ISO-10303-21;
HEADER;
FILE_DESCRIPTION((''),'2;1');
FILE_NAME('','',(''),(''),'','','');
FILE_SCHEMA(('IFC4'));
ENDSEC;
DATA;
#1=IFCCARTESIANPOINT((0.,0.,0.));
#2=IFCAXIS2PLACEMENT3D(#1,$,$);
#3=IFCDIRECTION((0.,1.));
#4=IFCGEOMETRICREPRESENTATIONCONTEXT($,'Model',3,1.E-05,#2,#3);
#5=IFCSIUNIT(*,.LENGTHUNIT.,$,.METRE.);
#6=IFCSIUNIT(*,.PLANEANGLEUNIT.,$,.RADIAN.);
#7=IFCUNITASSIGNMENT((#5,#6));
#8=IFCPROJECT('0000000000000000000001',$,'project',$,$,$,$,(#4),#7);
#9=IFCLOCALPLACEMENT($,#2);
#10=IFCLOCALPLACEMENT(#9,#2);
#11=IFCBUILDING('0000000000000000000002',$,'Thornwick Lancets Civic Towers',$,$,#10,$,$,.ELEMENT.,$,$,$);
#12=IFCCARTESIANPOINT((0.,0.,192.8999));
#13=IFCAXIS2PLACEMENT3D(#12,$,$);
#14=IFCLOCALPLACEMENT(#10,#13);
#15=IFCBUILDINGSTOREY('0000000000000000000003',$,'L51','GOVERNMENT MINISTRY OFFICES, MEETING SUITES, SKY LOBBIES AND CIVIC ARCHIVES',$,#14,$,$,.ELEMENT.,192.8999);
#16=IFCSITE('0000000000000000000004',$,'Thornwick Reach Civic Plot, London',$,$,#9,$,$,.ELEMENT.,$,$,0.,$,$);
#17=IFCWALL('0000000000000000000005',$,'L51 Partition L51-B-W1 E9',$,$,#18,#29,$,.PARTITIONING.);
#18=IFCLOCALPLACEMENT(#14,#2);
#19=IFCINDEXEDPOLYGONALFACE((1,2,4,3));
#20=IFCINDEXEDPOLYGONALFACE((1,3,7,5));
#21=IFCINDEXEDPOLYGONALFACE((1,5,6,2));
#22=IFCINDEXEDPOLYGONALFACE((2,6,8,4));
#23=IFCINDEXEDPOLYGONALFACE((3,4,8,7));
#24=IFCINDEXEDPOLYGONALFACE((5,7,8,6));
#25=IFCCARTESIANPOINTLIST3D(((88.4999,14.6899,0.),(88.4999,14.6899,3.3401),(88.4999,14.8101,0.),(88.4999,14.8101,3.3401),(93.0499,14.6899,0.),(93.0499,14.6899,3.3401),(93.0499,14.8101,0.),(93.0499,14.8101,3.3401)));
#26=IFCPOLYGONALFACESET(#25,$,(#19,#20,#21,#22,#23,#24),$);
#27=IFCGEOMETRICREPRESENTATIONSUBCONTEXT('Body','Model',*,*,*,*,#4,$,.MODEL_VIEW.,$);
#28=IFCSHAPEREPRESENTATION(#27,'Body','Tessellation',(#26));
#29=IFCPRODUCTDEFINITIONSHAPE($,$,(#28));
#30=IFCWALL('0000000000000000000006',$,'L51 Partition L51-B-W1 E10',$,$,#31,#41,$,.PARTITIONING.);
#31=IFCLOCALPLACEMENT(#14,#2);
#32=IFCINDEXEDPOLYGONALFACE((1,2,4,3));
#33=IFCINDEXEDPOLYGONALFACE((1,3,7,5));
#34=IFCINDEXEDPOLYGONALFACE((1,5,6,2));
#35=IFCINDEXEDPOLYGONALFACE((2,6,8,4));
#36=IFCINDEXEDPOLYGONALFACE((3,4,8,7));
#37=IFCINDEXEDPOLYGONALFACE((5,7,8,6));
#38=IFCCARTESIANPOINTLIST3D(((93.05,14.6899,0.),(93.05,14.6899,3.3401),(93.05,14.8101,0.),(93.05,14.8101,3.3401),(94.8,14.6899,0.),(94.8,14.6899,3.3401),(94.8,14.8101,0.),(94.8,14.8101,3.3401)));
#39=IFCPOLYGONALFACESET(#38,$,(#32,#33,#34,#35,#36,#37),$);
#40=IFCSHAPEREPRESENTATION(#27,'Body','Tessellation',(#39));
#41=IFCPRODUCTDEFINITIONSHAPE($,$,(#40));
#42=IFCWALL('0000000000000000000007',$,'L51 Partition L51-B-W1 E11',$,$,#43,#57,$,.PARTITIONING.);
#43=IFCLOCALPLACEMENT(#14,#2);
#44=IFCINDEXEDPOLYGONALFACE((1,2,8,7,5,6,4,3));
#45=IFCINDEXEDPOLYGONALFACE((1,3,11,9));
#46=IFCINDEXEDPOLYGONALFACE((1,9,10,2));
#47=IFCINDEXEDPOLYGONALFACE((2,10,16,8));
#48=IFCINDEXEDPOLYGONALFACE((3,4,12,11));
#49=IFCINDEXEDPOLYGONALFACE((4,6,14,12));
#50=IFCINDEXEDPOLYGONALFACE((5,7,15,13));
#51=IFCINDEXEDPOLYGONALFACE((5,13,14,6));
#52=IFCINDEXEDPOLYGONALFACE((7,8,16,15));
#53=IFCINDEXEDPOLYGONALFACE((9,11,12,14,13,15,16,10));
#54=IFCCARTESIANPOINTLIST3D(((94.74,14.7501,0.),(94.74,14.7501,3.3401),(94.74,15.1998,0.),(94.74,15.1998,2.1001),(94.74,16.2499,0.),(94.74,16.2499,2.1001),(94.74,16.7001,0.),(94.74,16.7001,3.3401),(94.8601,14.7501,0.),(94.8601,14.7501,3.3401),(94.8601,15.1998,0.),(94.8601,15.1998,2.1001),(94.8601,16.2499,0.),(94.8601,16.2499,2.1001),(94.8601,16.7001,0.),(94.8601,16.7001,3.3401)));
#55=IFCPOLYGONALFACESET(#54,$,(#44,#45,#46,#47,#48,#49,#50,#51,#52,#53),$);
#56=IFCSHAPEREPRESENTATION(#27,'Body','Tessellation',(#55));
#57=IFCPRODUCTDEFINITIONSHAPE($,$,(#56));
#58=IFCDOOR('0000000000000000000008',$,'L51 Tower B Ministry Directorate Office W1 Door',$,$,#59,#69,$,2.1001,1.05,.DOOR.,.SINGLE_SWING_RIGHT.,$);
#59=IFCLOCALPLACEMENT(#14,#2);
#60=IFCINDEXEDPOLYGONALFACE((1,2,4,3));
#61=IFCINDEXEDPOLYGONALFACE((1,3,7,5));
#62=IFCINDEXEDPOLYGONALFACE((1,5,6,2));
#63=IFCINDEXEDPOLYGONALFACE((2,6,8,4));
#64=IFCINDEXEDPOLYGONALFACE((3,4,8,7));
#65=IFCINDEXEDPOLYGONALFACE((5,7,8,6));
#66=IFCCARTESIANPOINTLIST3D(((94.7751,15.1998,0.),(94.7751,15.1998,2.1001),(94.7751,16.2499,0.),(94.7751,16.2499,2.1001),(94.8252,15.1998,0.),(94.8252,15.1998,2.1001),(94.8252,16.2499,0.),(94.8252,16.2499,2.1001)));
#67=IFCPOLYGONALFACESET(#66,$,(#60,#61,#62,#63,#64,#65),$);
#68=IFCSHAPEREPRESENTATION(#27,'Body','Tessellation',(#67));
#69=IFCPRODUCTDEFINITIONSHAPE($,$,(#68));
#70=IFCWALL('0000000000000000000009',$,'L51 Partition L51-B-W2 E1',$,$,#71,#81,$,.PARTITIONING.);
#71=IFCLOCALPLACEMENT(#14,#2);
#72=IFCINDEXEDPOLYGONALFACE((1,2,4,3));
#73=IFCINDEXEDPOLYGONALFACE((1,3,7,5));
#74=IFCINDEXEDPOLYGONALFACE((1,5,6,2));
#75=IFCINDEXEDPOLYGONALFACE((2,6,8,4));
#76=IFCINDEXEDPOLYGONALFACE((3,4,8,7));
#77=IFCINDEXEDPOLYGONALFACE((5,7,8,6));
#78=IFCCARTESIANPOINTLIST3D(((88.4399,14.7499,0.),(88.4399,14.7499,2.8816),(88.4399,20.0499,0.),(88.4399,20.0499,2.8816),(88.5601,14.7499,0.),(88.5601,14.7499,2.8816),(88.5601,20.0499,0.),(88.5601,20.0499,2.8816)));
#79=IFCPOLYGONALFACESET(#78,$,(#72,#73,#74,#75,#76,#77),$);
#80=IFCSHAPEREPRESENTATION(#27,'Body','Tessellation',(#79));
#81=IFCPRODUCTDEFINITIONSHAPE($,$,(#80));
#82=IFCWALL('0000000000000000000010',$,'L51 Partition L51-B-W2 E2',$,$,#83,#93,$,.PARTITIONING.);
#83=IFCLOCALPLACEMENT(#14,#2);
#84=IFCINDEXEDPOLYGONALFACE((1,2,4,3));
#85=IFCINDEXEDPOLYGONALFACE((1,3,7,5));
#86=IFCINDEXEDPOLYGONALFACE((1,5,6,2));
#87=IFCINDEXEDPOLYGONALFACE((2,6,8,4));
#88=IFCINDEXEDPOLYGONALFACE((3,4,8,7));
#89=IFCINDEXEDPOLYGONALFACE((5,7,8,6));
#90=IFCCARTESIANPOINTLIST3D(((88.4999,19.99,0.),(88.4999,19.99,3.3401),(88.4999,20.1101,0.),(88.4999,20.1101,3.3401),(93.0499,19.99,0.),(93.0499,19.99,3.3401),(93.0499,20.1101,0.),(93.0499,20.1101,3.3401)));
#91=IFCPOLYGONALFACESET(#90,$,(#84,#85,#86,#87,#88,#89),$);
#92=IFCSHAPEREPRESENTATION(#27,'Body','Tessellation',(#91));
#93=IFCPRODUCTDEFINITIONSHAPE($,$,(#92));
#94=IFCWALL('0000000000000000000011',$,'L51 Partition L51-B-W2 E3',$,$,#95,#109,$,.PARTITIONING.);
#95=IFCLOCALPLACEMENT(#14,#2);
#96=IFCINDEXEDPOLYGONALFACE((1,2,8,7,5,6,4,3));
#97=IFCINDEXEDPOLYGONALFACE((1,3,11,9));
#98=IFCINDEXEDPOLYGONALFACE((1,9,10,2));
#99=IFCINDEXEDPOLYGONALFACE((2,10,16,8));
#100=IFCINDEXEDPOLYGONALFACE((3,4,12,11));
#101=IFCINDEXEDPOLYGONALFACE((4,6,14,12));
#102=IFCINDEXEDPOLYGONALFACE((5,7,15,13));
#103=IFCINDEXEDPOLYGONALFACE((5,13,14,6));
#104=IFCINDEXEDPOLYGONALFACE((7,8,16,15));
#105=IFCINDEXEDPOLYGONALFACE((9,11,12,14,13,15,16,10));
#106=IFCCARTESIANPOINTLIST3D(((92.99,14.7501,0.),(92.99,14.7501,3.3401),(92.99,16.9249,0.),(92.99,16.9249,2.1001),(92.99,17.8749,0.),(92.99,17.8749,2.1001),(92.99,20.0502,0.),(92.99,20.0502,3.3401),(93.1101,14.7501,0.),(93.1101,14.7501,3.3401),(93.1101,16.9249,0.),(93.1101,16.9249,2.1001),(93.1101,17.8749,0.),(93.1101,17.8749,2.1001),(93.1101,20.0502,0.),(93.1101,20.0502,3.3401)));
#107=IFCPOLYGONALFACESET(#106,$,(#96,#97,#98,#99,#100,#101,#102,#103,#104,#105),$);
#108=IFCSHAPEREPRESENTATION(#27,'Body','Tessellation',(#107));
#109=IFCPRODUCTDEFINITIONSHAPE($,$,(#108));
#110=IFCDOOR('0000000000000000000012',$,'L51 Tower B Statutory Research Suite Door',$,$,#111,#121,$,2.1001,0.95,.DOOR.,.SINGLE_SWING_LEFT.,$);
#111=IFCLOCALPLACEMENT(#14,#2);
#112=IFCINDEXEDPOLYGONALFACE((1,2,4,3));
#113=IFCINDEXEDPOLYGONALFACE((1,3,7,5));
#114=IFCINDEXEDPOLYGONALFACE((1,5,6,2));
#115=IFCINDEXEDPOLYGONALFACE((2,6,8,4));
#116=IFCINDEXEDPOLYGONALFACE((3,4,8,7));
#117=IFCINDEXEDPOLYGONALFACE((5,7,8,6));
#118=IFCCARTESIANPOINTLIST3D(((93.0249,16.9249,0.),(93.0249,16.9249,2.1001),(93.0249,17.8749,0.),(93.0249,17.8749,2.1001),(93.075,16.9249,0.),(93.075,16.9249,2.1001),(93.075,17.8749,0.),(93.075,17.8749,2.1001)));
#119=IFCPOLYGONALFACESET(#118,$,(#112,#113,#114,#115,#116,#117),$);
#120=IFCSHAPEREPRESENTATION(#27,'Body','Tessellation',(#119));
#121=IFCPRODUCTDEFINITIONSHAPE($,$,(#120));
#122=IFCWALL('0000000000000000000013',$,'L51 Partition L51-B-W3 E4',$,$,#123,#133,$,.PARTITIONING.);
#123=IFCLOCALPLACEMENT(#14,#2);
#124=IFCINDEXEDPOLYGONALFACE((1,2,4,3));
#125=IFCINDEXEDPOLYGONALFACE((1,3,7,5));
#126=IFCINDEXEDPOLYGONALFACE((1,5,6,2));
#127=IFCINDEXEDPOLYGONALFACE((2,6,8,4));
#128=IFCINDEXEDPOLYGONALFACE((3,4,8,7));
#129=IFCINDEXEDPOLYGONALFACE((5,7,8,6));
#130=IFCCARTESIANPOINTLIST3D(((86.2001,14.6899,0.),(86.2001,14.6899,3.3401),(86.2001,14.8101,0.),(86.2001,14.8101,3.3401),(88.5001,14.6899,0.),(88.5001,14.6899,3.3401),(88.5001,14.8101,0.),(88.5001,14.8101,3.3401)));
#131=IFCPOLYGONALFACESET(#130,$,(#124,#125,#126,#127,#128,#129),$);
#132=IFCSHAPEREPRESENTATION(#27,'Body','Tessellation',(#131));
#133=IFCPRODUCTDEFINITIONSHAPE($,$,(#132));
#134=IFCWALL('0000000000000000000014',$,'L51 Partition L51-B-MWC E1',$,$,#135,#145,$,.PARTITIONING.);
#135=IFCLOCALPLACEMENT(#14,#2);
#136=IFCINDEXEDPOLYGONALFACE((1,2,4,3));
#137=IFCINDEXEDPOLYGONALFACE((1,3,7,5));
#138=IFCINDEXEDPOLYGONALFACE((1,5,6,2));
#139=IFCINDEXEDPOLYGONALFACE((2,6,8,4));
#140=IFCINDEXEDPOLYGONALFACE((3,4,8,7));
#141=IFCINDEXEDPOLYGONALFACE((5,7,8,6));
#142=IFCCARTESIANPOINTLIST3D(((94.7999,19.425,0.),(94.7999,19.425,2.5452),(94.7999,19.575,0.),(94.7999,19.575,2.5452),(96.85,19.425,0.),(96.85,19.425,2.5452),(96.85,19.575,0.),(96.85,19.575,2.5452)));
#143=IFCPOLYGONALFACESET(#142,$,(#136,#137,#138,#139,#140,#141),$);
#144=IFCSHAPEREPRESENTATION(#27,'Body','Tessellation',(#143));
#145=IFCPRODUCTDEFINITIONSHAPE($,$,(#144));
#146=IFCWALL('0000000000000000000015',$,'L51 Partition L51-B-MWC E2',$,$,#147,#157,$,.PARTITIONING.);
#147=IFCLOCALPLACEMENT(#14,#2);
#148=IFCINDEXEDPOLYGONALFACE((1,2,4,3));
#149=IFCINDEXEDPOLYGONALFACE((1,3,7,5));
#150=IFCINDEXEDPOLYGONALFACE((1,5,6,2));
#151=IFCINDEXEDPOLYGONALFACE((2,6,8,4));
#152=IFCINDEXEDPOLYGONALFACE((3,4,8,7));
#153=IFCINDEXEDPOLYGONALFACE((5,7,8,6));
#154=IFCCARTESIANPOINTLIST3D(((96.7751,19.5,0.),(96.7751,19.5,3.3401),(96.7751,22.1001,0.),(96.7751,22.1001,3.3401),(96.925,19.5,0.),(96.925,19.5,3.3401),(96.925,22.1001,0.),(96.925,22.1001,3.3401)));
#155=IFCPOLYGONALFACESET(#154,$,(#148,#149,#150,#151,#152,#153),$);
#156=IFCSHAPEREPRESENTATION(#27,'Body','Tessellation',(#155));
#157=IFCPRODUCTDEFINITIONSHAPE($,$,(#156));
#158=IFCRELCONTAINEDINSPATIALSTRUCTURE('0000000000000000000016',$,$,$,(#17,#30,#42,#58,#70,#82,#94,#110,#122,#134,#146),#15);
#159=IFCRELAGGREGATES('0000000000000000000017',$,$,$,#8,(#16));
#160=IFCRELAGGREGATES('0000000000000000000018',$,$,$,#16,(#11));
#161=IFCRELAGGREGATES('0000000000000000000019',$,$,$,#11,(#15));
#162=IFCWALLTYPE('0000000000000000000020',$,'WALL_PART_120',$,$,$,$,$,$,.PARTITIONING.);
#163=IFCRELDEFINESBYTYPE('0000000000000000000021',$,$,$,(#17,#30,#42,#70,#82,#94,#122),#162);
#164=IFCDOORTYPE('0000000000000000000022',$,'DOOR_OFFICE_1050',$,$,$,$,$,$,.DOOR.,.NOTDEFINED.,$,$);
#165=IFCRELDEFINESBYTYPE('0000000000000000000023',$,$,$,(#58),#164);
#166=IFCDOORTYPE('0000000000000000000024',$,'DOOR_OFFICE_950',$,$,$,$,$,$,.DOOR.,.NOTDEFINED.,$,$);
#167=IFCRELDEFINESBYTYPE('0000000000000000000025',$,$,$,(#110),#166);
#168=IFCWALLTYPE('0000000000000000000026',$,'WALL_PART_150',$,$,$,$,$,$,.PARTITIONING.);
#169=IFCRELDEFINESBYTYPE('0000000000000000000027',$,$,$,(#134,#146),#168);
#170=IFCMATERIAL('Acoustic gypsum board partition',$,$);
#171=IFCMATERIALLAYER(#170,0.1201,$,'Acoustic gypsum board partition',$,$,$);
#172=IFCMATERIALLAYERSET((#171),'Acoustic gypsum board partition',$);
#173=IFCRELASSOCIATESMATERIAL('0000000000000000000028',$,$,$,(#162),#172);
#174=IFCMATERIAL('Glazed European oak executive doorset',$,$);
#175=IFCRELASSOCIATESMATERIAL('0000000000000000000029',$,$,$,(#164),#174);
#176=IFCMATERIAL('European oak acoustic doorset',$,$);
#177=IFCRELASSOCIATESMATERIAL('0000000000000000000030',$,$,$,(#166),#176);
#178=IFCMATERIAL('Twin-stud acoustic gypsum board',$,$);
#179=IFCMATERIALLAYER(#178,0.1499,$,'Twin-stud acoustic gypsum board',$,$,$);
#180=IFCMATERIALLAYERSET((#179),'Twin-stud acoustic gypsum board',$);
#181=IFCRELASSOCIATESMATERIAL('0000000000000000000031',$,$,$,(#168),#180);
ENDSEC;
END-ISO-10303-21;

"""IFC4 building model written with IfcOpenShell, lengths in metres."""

from ifc_helpers import new_model, si_unit, direction, frame, frame_2d, origin, place, context, subcontext, project, spatial, rectangle, extrude, material, layer, layer_set, type_object, element, fill, save


model = new_model("IFC4")

# Units and contexts
model_context = context("Model", 3, precision=1e-05, world=origin(), true_north=direction((0.0, 1.0)))
body_context = subcontext(model_context, "Body", "Model", "MODEL_VIEW")
ifc_project = project(units=[si_unit("LENGTHUNIT", "METRE"), si_unit("PLANEANGLEUNIT", "RADIAN")], contexts=[model_context])

# Site, building, storey
site_placement = place(None, origin())
site = spatial("IfcSite", under=ifc_project, at=site_placement, Name="Thornwick Reach Civic Plot, London", CompositionType="ELEMENT", RefElevation=0.0)
building_placement = place(site_placement, origin())
building = spatial("IfcBuilding", under=site, at=building_placement, Name="Thornwick Lancets Civic Towers", CompositionType="ELEMENT")
storey_placement = place(building_placement, frame((0.0, 0.0, 192.8999)))
storey = spatial("IfcBuildingStorey", under=building, at=storey_placement, Name="L51", Description="GOVERNMENT MINISTRY OFFICES, MEETING SUITES, SKY LOBBIES AND CIVIC ARCHIVES", CompositionType="ELEMENT", Elevation=192.8999)

# Walls
ifc_material_1 = material(Name="Acoustic gypsum board partition")
ifc_layer_1 = layer(ifc_material_1, 0.1201, Name="Acoustic gypsum board partition")
ifc_layer_set_1 = layer_set([ifc_layer_1], Name="Acoustic gypsum board partition")
wall_type_1 = type_object("IfcWallType", Name="WALL_PART_120", PredefinedType="PARTITIONING", material=ifc_layer_set_1)
wall_1_placement = place(storey_placement, frame((88.5, 14.75, 0.0), z_axis=(0.0, 0.0, 1.0), x_axis=(1.0, 0.0, 0.0)))
element("IfcWall", 1, at=wall_1_placement, inside=storey, type_object=wall_type_1, Name="L51 Partition L51-B-W1 E9", PredefinedType="PARTITIONING", context=body_context, shape_type="SweptSolid", body=[
    extrude(rectangle(XDim=4.55, YDim=0.1201, at=frame_2d((2.2749, 0.0))), origin(), (0.0, 0.0, 1.0), 3.3401),
])
wall_2_placement = place(storey_placement, frame((93.05, 14.75, 0.0), z_axis=(0.0, 0.0, 1.0), x_axis=(1.0, 0.0, 0.0)))
element("IfcWall", 2, at=wall_2_placement, inside=storey, type_object=wall_type_1, Name="L51 Partition L51-B-W1 E10", PredefinedType="PARTITIONING", context=body_context, shape_type="SweptSolid", body=[
    extrude(rectangle(XDim=1.75, YDim=0.1201, at=frame_2d((0.875, 0.0))), origin(), (0.0, 0.0, 1.0), 3.3401),
])

# Wall, opening, door
wall_3_placement = place(storey_placement, frame((94.8, 14.75, 0.0), z_axis=(0.0, 0.0, 1.0), x_axis=(0.0, 1.0, 0.0)))
wall_3 = element("IfcWall", 3, at=wall_3_placement, inside=storey, type_object=wall_type_1, Name="L51 Partition L51-B-W1 E11", PredefinedType="PARTITIONING", context=body_context, shape_type="SweptSolid", body=[
    extrude(rectangle(XDim=1.95, YDim=0.1201, at=frame_2d((0.9751, 0.0))), origin(), (0.0, 0.0, 1.0), 3.3401),
])
opening_1_placement = place(wall_3_placement, frame((0.45, 0.0, 0.0)))
opening_1 = element("IfcOpeningElement", 4, at=opening_1_placement, cuts=wall_3, PredefinedType="OPENING", context=body_context, shape_type="SweptSolid", body=[
    extrude(rectangle(XDim=1.05, YDim=2.1001, at=frame_2d((0.5249, 1.05))), frame((0.0, 0.0701, 0.0), z_axis=(0.0, -1.0, 0.0), x_axis=(1.0, 0.0, 0.0)), (0.0, 0.0, 1.0), 0.1401),
])
ifc_material_2 = material(Name="Glazed European oak executive doorset")
door_type_1 = type_object("IfcDoorType", Name="DOOR_OFFICE_1050", OperationType="NOTDEFINED", PredefinedType="DOOR", material=ifc_material_2)
door_1_placement = place(opening_1_placement, origin())
door_1 = element("IfcDoor", 5, at=door_1_placement, inside=storey, type_object=door_type_1, Name="L51 Tower B Ministry Directorate Office W1 Door", OperationType="SINGLE_SWING_RIGHT", OverallHeight=2.1001, OverallWidth=1.05, PredefinedType="DOOR", context=body_context, shape_type="SweptSolid", body=[
    extrude(rectangle(XDim=1.05, YDim=2.1001, at=frame_2d((0.5249, 1.05))), frame((0.0, 0.0249, 0.0), z_axis=(0.0, -1.0, 0.0), x_axis=(1.0, 0.0, 0.0)), (0.0, 0.0, 1.0), 0.05),
])
fill(opening_1, door_1)

# Walls
wall_4_placement = place(storey_placement, frame((88.5, 14.75, 0.0), z_axis=(0.0, 0.0, 1.0), x_axis=(0.0, 1.0, 0.0)))
element("IfcWall", 6, at=wall_4_placement, inside=storey, type_object=wall_type_1, Name="L51 Partition L51-B-W2 E1", PredefinedType="PARTITIONING", context=body_context, shape_type="SweptSolid", body=[
    extrude(rectangle(XDim=5.3, YDim=0.1201, at=frame_2d((2.6499, 0.0))), origin(), (0.0, 0.0, 1.0), 2.8816),
])
wall_5_placement = place(storey_placement, frame((88.5, 20.05, 0.0), z_axis=(0.0, 0.0, 1.0), x_axis=(1.0, 0.0, 0.0)))
element("IfcWall", 7, at=wall_5_placement, inside=storey, type_object=wall_type_1, Name="L51 Partition L51-B-W2 E2", PredefinedType="PARTITIONING", context=body_context, shape_type="SweptSolid", body=[
    extrude(rectangle(XDim=4.55, YDim=0.1201, at=frame_2d((2.2749, 0.0))), origin(), (0.0, 0.0, 1.0), 3.3401),
])

# Wall, opening, door
wall_6_placement = place(storey_placement, frame((93.05, 20.05, 0.0), z_axis=(0.0, 0.0, 1.0), x_axis=(0.0, -1.0, 0.0)))
wall_6 = element("IfcWall", 8, at=wall_6_placement, inside=storey, type_object=wall_type_1, Name="L51 Partition L51-B-W2 E3", PredefinedType="PARTITIONING", context=body_context, shape_type="SweptSolid", body=[
    extrude(rectangle(XDim=5.3, YDim=0.1201, at=frame_2d((2.6499, 0.0))), origin(), (0.0, 0.0, 1.0), 3.3401),
])
opening_2_placement = place(wall_6_placement, frame((2.175, 0.0, 0.0)))
opening_2 = element("IfcOpeningElement", 9, at=opening_2_placement, cuts=wall_6, PredefinedType="OPENING", context=body_context, shape_type="SweptSolid", body=[
    extrude(rectangle(XDim=0.95, YDim=2.1001, at=frame_2d((0.4751, 1.05))), frame((0.0, 0.0701, 0.0), z_axis=(0.0, -1.0, 0.0), x_axis=(1.0, 0.0, 0.0)), (0.0, 0.0, 1.0), 0.1401),
])
ifc_material_3 = material(Name="European oak acoustic doorset")
door_type_2 = type_object("IfcDoorType", Name="DOOR_OFFICE_950", OperationType="NOTDEFINED", PredefinedType="DOOR", material=ifc_material_3)
door_2_placement = place(opening_2_placement, origin())
door_2 = element("IfcDoor", 10, at=door_2_placement, inside=storey, type_object=door_type_2, Name="L51 Tower B Statutory Research Suite Door", OperationType="SINGLE_SWING_LEFT", OverallHeight=2.1001, OverallWidth=0.95, PredefinedType="DOOR", context=body_context, shape_type="SweptSolid", body=[
    extrude(rectangle(XDim=0.95, YDim=2.1001, at=frame_2d((0.4751, 1.05))), frame((0.0, 0.0249, 0.0), z_axis=(0.0, -1.0, 0.0), x_axis=(1.0, 0.0, 0.0)), (0.0, 0.0, 1.0), 0.05),
])
fill(opening_2, door_2)

# Walls
wall_7_placement = place(storey_placement, frame((88.5, 14.75, 0.0), z_axis=(0.0, 0.0, 1.0), x_axis=(-1.0, 0.0, 0.0)))
element("IfcWall", 11, at=wall_7_placement, inside=storey, type_object=wall_type_1, Name="L51 Partition L51-B-W3 E4", PredefinedType="PARTITIONING", context=body_context, shape_type="SweptSolid", body=[
    extrude(rectangle(XDim=2.3, YDim=0.1201, at=frame_2d((1.1499, 0.0))), origin(), (0.0, 0.0, 1.0), 3.3401),
])
ifc_material_4 = material(Name="Twin-stud acoustic gypsum board")
ifc_layer_2 = layer(ifc_material_4, 0.1499, Name="Twin-stud acoustic gypsum board")
ifc_layer_set_2 = layer_set([ifc_layer_2], Name="Twin-stud acoustic gypsum board")
wall_type_2 = type_object("IfcWallType", Name="WALL_PART_150", PredefinedType="PARTITIONING", material=ifc_layer_set_2)
wall_8_placement = place(storey_placement, frame((94.8, 19.5, 0.0), z_axis=(0.0, 0.0, 1.0), x_axis=(1.0, 0.0, 0.0)))
element("IfcWall", 12, at=wall_8_placement, inside=storey, type_object=wall_type_2, Name="L51 Partition L51-B-MWC E1", PredefinedType="PARTITIONING", context=body_context, shape_type="SweptSolid", body=[
    extrude(rectangle(XDim=2.05, YDim=0.1499, at=frame_2d((1.0249, 0.0))), origin(), (0.0, 0.0, 1.0), 2.5452),
])
wall_9_placement = place(storey_placement, frame((96.8501, 19.5, 0.0), z_axis=(0.0, 0.0, 1.0), x_axis=(0.0, 1.0, 0.0)))
element("IfcWall", 13, at=wall_9_placement, inside=storey, type_object=wall_type_2, Name="L51 Partition L51-B-MWC E2", PredefinedType="PARTITIONING", context=body_context, shape_type="SweptSolid", body=[
    extrude(rectangle(XDim=2.6001, YDim=0.1499, at=frame_2d((1.3, 0.0))), origin(), (0.0, 0.0, 1.0), 3.3401),
])

save(model, "model.ifc")
